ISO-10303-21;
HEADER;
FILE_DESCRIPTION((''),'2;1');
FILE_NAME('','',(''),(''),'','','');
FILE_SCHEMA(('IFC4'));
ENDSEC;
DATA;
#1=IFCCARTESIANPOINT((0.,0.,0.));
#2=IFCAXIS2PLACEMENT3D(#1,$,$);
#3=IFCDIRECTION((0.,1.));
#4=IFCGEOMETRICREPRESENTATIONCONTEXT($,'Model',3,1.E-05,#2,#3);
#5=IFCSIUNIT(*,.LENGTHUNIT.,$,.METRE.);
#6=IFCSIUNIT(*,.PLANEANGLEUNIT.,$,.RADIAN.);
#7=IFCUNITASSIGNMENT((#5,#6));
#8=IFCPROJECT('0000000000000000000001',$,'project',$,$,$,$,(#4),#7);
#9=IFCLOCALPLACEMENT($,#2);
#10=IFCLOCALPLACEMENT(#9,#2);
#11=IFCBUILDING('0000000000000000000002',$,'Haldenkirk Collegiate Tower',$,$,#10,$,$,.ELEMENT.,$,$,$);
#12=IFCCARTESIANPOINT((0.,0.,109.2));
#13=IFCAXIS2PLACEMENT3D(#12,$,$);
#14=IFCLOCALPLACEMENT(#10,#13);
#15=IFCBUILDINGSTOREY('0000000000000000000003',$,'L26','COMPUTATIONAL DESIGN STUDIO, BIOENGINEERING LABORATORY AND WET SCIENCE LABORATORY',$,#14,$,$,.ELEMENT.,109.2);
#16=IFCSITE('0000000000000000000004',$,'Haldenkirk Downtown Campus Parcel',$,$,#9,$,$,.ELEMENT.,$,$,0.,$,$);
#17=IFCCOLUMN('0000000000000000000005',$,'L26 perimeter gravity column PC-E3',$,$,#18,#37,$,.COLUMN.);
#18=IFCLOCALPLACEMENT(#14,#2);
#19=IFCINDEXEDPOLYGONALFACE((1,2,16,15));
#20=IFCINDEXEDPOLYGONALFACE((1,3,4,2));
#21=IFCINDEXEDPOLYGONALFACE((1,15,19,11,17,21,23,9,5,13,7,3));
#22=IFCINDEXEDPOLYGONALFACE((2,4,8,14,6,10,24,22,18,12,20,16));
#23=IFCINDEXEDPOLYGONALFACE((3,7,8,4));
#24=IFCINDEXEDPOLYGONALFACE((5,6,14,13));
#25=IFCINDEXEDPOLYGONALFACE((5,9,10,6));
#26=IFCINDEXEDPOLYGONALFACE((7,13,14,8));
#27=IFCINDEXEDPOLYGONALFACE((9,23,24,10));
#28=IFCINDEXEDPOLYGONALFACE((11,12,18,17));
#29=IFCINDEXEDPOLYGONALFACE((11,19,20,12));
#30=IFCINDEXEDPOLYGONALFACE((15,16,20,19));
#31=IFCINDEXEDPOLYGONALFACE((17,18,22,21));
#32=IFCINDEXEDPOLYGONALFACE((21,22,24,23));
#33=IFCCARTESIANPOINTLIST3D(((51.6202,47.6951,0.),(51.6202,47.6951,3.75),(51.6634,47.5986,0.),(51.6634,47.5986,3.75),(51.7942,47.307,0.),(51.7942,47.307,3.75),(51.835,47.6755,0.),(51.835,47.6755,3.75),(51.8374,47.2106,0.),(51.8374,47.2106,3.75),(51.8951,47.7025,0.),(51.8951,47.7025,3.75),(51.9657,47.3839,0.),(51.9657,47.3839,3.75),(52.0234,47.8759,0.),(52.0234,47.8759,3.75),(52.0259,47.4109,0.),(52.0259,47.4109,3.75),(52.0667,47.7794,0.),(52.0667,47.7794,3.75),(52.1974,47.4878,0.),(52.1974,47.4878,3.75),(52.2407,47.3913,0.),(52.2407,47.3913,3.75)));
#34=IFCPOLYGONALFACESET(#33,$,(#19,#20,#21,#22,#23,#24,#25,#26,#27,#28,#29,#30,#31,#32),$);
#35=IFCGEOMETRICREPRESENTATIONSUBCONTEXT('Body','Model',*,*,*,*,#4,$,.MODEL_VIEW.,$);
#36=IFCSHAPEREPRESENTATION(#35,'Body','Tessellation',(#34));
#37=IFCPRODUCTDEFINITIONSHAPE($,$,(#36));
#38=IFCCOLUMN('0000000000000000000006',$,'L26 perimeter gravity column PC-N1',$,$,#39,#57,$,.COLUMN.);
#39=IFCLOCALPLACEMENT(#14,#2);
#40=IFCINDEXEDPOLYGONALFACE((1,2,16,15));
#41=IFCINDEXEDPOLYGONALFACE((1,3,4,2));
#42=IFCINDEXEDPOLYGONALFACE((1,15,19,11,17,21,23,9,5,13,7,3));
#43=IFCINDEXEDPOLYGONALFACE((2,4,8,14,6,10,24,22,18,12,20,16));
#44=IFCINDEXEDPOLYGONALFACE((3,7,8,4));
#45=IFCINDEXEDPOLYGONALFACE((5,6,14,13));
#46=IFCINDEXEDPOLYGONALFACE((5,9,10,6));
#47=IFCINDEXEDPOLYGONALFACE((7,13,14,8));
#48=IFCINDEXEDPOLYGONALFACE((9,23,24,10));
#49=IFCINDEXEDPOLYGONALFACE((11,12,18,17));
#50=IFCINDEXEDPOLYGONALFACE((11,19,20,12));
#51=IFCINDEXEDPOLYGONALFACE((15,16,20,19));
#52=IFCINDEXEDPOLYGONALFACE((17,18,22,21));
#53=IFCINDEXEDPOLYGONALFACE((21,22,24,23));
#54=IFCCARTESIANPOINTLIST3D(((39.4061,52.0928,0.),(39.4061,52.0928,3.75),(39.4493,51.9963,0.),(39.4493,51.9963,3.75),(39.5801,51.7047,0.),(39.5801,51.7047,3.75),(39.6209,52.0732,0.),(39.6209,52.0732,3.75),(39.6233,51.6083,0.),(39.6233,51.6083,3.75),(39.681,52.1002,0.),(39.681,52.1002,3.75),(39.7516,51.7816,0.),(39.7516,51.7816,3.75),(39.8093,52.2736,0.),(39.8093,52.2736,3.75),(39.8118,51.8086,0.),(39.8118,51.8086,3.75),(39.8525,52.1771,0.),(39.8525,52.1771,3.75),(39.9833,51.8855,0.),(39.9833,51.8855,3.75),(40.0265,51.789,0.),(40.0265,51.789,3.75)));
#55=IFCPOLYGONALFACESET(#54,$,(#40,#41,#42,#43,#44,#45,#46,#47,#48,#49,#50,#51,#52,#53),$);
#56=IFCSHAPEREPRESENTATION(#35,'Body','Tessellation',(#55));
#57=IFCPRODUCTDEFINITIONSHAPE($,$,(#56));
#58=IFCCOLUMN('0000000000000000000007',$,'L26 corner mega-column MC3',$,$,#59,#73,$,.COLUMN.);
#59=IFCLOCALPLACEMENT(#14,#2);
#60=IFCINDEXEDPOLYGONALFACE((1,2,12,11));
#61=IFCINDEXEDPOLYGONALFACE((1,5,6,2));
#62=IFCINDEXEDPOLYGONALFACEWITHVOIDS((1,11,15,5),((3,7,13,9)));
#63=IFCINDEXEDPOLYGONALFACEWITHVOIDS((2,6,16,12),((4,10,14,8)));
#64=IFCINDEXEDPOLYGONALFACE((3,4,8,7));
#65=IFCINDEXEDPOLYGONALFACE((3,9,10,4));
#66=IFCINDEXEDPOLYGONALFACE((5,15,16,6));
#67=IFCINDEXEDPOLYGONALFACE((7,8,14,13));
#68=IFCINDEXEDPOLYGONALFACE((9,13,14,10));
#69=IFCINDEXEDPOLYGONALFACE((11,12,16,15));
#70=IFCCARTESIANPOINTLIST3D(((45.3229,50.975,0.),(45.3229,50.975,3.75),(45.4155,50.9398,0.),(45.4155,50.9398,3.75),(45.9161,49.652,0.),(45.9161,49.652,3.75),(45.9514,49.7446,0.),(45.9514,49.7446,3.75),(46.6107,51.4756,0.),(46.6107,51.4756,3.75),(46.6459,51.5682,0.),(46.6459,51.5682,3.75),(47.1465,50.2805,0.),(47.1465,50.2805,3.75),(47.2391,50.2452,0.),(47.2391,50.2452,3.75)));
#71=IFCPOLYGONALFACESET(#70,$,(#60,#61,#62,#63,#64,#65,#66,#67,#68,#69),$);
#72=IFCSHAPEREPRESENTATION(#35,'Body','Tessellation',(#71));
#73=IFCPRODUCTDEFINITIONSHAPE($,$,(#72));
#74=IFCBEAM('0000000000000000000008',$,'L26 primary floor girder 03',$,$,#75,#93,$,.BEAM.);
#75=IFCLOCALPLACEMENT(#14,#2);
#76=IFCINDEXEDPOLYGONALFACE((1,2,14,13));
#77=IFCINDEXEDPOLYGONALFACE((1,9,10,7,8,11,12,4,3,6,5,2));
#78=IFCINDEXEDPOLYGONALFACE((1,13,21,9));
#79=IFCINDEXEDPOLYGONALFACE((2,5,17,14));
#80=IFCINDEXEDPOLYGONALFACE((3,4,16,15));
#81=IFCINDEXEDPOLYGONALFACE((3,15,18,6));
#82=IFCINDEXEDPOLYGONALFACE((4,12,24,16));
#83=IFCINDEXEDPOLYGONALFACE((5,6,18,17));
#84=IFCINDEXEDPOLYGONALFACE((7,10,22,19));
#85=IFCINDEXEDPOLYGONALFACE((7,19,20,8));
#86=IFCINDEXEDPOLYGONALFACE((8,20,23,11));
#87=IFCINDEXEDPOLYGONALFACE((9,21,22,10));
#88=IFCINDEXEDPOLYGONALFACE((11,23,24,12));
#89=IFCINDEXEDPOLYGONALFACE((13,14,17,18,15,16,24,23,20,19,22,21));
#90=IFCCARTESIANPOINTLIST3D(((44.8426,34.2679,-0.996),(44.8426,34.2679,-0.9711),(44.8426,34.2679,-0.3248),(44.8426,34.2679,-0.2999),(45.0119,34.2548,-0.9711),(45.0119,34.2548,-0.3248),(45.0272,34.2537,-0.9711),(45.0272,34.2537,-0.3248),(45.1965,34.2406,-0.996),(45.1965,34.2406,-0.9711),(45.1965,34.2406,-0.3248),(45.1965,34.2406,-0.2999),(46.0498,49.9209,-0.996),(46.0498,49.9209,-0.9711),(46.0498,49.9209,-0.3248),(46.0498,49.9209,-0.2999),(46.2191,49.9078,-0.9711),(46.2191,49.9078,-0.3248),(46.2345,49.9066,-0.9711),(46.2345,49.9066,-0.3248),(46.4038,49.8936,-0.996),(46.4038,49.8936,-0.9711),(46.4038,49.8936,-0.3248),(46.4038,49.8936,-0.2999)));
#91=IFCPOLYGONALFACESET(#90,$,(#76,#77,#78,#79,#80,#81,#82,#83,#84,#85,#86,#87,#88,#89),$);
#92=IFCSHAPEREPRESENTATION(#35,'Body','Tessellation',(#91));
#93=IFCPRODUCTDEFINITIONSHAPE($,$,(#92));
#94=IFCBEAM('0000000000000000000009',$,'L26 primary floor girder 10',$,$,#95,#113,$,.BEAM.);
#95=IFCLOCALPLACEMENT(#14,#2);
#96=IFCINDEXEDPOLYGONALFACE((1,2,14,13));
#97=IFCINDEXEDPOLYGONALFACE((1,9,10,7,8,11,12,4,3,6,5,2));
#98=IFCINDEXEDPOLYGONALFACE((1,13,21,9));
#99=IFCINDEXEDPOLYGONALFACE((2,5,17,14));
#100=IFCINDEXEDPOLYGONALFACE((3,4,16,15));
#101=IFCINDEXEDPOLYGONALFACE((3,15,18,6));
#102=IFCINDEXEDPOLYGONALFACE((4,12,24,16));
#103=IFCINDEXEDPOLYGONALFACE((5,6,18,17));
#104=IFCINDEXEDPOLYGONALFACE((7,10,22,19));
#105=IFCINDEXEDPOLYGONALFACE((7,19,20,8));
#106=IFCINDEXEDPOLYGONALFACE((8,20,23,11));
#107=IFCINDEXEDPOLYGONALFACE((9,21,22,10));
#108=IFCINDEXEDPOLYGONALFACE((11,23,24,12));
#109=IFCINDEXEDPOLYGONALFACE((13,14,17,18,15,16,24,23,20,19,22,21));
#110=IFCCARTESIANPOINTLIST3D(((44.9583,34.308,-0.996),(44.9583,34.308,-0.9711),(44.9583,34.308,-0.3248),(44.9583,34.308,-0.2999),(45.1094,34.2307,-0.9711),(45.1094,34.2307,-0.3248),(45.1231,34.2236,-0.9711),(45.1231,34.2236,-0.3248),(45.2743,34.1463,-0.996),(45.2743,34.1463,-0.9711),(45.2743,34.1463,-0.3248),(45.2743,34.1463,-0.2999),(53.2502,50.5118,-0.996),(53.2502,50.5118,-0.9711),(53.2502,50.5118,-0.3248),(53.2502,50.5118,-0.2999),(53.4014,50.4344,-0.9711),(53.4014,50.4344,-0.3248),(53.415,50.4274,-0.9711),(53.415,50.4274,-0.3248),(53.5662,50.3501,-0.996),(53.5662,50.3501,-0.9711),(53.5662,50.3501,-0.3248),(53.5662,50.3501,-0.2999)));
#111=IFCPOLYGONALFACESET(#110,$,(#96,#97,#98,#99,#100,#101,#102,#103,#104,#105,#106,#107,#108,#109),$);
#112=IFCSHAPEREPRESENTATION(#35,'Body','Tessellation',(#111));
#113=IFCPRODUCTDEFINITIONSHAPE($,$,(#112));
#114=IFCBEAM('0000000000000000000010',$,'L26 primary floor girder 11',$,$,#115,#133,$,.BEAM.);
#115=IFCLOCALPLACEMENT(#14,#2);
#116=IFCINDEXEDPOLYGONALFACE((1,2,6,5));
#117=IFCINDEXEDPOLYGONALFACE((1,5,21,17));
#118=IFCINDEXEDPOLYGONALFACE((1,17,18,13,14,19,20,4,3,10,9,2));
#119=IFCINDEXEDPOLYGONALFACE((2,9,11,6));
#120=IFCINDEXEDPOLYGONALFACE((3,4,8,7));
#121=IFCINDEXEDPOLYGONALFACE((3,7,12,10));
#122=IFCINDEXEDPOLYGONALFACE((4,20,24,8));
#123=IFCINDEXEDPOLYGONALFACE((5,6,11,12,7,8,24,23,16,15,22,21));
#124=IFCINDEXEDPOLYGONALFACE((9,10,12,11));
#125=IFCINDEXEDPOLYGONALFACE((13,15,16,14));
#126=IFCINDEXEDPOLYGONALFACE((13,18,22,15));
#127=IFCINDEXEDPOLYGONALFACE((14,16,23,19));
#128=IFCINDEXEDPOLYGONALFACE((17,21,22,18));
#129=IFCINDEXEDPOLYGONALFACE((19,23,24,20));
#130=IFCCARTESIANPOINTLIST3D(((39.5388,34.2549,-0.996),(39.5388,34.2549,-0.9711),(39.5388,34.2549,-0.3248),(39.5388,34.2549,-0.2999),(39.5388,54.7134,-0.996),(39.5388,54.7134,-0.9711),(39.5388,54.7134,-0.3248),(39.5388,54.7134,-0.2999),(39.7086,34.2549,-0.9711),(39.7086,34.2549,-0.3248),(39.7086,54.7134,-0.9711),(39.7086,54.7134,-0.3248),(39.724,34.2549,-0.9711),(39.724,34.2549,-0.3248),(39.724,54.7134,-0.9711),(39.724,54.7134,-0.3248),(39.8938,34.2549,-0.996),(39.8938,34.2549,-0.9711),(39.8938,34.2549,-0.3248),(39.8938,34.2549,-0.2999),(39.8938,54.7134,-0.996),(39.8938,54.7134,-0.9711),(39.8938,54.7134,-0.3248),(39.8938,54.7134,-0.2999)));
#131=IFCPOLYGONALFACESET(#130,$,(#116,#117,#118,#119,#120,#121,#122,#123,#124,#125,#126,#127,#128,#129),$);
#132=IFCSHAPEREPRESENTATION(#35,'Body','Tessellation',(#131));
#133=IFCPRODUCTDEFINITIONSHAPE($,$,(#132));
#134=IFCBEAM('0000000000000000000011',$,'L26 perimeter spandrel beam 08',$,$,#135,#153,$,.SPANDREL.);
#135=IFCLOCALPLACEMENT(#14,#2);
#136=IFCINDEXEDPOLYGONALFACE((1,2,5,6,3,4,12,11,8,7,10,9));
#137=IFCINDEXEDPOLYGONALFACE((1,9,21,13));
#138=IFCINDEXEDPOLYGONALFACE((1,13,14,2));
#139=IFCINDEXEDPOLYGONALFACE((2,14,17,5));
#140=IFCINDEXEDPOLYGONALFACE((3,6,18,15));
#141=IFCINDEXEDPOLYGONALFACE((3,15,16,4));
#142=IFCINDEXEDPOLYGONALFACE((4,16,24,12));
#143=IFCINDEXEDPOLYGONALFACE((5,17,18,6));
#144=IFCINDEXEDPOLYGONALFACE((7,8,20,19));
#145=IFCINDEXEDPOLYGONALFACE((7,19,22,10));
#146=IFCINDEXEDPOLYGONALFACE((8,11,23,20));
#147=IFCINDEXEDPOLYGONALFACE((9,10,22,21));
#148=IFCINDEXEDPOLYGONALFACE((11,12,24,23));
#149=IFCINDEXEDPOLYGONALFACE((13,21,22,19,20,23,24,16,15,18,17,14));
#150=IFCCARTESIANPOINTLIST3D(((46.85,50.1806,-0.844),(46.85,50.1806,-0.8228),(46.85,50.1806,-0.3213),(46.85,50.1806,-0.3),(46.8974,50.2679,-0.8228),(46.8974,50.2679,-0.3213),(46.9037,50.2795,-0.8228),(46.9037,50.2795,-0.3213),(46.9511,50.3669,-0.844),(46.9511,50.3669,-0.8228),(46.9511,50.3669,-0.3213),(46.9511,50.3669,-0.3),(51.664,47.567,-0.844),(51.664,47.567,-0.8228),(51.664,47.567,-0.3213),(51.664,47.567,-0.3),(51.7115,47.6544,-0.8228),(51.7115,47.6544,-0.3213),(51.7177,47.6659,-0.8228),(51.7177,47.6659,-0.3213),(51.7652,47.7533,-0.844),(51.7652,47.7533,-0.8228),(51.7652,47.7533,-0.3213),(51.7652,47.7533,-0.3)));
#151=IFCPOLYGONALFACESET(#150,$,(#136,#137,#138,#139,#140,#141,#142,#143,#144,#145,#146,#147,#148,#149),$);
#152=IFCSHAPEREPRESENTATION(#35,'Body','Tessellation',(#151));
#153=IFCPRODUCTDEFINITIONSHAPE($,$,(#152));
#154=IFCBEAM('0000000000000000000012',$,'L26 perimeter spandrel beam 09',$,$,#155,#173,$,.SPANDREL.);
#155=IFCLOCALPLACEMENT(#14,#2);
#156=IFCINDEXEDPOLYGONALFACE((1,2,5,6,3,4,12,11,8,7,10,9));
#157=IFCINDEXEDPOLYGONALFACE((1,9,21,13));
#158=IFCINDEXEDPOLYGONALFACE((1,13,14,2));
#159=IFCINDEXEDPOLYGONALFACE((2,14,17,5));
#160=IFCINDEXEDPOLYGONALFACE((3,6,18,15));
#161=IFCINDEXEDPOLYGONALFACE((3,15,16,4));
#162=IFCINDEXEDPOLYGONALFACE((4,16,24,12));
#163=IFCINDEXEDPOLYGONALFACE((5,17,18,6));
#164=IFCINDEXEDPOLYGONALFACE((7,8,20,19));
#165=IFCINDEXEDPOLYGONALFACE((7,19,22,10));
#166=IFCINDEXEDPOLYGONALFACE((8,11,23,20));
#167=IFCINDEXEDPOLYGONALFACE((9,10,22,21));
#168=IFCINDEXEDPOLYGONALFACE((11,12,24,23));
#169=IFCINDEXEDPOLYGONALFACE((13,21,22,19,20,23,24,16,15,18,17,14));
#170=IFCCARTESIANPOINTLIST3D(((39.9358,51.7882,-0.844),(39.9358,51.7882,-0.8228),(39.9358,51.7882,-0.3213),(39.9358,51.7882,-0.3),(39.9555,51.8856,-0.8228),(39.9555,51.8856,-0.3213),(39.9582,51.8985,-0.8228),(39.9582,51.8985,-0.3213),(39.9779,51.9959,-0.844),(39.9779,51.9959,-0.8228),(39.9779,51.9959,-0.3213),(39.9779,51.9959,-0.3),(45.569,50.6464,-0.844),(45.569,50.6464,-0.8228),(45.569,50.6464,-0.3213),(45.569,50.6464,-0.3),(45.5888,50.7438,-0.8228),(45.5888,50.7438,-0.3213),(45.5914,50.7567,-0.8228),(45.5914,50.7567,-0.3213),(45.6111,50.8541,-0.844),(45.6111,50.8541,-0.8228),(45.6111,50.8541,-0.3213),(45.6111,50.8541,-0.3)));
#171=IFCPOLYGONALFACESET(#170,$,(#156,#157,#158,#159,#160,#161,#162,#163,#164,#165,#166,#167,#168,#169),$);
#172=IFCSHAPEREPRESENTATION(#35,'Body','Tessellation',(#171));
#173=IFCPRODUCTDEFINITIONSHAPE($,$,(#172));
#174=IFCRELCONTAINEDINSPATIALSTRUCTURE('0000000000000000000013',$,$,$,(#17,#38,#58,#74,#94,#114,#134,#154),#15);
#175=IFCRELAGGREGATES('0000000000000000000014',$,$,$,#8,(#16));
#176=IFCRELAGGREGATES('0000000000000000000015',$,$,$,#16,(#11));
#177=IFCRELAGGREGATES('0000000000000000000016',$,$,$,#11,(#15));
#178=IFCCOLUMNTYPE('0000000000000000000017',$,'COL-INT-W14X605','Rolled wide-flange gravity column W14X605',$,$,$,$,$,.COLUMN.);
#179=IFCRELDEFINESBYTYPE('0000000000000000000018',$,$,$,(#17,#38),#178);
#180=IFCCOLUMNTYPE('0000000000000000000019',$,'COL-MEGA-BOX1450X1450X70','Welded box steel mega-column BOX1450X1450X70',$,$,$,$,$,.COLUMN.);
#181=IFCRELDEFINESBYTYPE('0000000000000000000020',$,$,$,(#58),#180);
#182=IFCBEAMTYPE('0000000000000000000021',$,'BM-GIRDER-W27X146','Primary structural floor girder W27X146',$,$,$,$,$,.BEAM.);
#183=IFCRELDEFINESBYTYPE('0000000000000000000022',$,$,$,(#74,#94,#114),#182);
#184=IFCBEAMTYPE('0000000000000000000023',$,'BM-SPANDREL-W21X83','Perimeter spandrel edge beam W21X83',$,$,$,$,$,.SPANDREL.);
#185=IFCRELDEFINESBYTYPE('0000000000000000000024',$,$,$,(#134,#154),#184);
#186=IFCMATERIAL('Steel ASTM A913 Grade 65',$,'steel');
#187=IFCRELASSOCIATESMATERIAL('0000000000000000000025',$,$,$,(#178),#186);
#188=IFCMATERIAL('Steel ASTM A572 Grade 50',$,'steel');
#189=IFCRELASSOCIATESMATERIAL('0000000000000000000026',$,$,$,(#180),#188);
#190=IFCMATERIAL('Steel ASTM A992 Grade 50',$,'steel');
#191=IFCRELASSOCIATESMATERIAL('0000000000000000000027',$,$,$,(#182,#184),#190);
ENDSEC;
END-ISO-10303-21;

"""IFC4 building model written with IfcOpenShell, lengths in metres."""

from ifc_helpers import new_model, si_unit, direction, frame, origin, origin_2d, place, context, subcontext, project, spatial, hollow_rectangle, i_section, extrude, material, material_profile, profile_set, type_object, element, save


model = new_model("IFC4")

# Units and contexts
model_context = context("Model", 3, precision=1e-05, world=origin(), true_north=direction((0.0, 1.0)))
body_context = subcontext(model_context, "Body", "Model", "MODEL_VIEW")
ifc_project = project(units=[si_unit("LENGTHUNIT", "METRE"), si_unit("PLANEANGLEUNIT", "RADIAN")], contexts=[model_context])

# Site, building, storey
site_placement = place(None, origin())
site = spatial("IfcSite", under=ifc_project, at=site_placement, Name="Haldenkirk Downtown Campus Parcel", CompositionType="ELEMENT", RefElevation=0.0)
building_placement = place(site_placement, origin())
building = spatial("IfcBuilding", under=site, at=building_placement, Name="Haldenkirk Collegiate Tower", CompositionType="ELEMENT")
storey_placement = place(building_placement, frame((0.0, 0.0, 109.2)))
storey = spatial("IfcBuildingStorey", under=building, at=storey_placement, Name="L26", Description="COMPUTATIONAL DESIGN STUDIO, BIOENGINEERING LABORATORY AND WET SCIENCE LABORATORY", CompositionType="ELEMENT", Elevation=109.2)

# Columns
ifc_material_1 = material(Name="Steel ASTM A913 Grade 65", Category="steel")
ifc_material_profile_1 = material_profile(ifc_material_1, i_section(OverallWidth=0.4419, OverallDepth=0.531, WebThickness=0.0659, FlangeThickness=0.1057, at=origin_2d()), Name="W14X605")
ifc_profile_set_1 = profile_set([ifc_material_profile_1], Name="Steel ASTM A913 Grade 65")
column_type_1 = type_object("IfcColumnType", Name="COL-INT-W14X605", Description="Rolled wide-flange gravity column W14X605", PredefinedType="COLUMN", material=ifc_profile_set_1)
for number, where, z_axis, x_axis, name in (
    (1, (51.9304, 47.5432, 0.0), (0.0, 0.0, 1.0), (0.912477, 0.409127, 0.0), "L26 perimeter gravity column PC-E3"),
    (2, (39.7163, 51.9409, 0.0), (0.0, 0.0, 1.0), (0.912477, 0.409127, 0.0), "L26 perimeter gravity column PC-N1"),
):
    element("IfcColumn", number, at=place(storey_placement, frame(where, z_axis=z_axis, x_axis=x_axis)), inside=storey, type_object=column_type_1, Name=name, PredefinedType="COLUMN", context=body_context, shape_type="SweptSolid", body=[
        extrude(i_section(OverallWidth=0.4419, OverallDepth=0.531, WebThickness=0.0659, FlangeThickness=0.1057, at=origin_2d()), origin(), (0.0, 0.0, 1.0), 3.75),
    ])
ifc_material_2 = material(Name="Steel ASTM A572 Grade 50", Category="steel")
ifc_material_profile_2 = material_profile(ifc_material_2, hollow_rectangle(XDim=1.45, YDim=1.45, WallThickness=0.0701, at=origin_2d()), Name="BOX1450X1450X70")
ifc_profile_set_2 = profile_set([ifc_material_profile_2], Name="Steel ASTM A572 Grade 50")
column_type_2 = type_object("IfcColumnType", Name="COL-MEGA-BOX1450X1450X70", Description="Welded box steel mega-column BOX1450X1450X70", PredefinedType="COLUMN", material=ifc_profile_set_2)
column_placement = place(storey_placement, frame((46.281, 50.6101, 0.0), z_axis=(0.0, 0.0, 1.0), x_axis=(0.912477, 0.409127, 0.0)))
element("IfcColumn", 3, at=column_placement, inside=storey, type_object=column_type_2, Name="L26 corner mega-column MC3", PredefinedType="COLUMN", context=body_context, shape_type="SweptSolid", body=[
    extrude(hollow_rectangle(XDim=1.45, YDim=1.45, WallThickness=0.0701, at=origin_2d()), origin(), (0.0, 0.0, 1.0), 3.75),
])

# Beams
ifc_material_3 = material(Name="Steel ASTM A992 Grade 50", Category="steel")
ifc_material_profile_3 = material_profile(ifc_material_3, i_section(OverallWidth=0.355, OverallDepth=0.696, WebThickness=0.0154, FlangeThickness=0.0249, at=origin_2d()), Name="W27X146")
ifc_profile_set_3 = profile_set([ifc_material_profile_3], Name="Steel ASTM A992 Grade 50")
beam_type_1 = type_object("IfcBeamType", Name="BM-GIRDER-W27X146", Description="Primary structural floor girder W27X146", PredefinedType="BEAM", material=ifc_profile_set_3)
beam_1_placement = place(storey_placement, frame((46.2268, 49.9072, -0.6479), z_axis=(-0.076899, -0.997039, 0.0), x_axis=(0.997039, -0.076899, 0.0)))
element("IfcBeam", 4, at=beam_1_placement, inside=storey, type_object=beam_type_1, Name="L26 primary floor girder 03", PredefinedType="BEAM", context=body_context, shape_type="SweptSolid", body=[
    extrude(i_section(OverallWidth=0.355, OverallDepth=0.696, WebThickness=0.0154, FlangeThickness=0.0249, at=origin_2d()), origin(), (0.0, 0.0, 1.0), 15.6995),
])
beam_2_placement = place(storey_placement, frame((53.4082, 50.4309, -0.6479), z_axis=(-0.455547, -0.890211, 0.0), x_axis=(0.890211, -0.455547, 0.0)))
element("IfcBeam", 5, at=beam_2_placement, inside=storey, type_object=beam_type_1, Name="L26 primary floor girder 10", PredefinedType="BEAM", context=body_context, shape_type="SweptSolid", body=[
    extrude(i_section(OverallWidth=0.355, OverallDepth=0.696, WebThickness=0.0154, FlangeThickness=0.0249, at=origin_2d()), origin(), (0.0, 0.0, 1.0), 18.2021),
])
beam_3_placement = place(storey_placement, frame((39.7163, 54.7134, -0.6479), z_axis=(0.0, -1.0, 0.0), x_axis=(1.0, 0.0, 0.0)))
element("IfcBeam", 6, at=beam_3_placement, inside=storey, type_object=beam_type_1, Name="L26 primary floor girder 11", PredefinedType="BEAM", context=body_context, shape_type="SweptSolid", body=[
    extrude(i_section(OverallWidth=0.355, OverallDepth=0.696, WebThickness=0.0154, FlangeThickness=0.0249, at=origin_2d()), origin(), (0.0, 0.0, 1.0), 20.4585),
])
ifc_material_profile_4 = material_profile(ifc_material_3, i_section(OverallWidth=0.2119, OverallDepth=0.5439, WebThickness=0.0132, FlangeThickness=0.0212, at=origin_2d()), Name="W21X83")
ifc_profile_set_4 = profile_set([ifc_material_profile_4], Name="Steel ASTM A992 Grade 50")
beam_type_2 = type_object("IfcBeamType", Name="BM-SPANDREL-W21X83", Description="Perimeter spandrel edge beam W21X83", PredefinedType="SPANDREL", material=ifc_profile_set_4)
beam_4_placement = place(storey_placement, frame((51.7146, 47.6602, -0.572), z_axis=(-0.878836, 0.477124, 0.0), x_axis=(-0.477124, -0.878836, 0.0)))
element("IfcBeam", 7, at=beam_4_placement, inside=storey, type_object=beam_type_2, Name="L26 perimeter spandrel beam 08", PredefinedType="SPANDREL", context=body_context, shape_type="SweptSolid", body=[
    extrude(i_section(OverallWidth=0.2119, OverallDepth=0.5439, WebThickness=0.0132, FlangeThickness=0.0212, at=origin_2d()), origin(), (0.0, 0.0, 1.0), 5.4778),
])
beam_5_placement = place(storey_placement, frame((45.5901, 50.7502, -0.572), z_axis=(-0.980069, 0.198656, 0.0), x_axis=(-0.198656, -0.980069, 0.0)))
element("IfcBeam", 8, at=beam_5_placement, inside=storey, type_object=beam_type_2, Name="L26 perimeter spandrel beam 09", PredefinedType="SPANDREL", context=body_context, shape_type="SweptSolid", body=[
    extrude(i_section(OverallWidth=0.2119, OverallDepth=0.5439, WebThickness=0.0132, FlangeThickness=0.0212, at=origin_2d()), origin(), (0.0, 0.0, 1.0), 5.7478),
])

save(model, "model.ifc")
